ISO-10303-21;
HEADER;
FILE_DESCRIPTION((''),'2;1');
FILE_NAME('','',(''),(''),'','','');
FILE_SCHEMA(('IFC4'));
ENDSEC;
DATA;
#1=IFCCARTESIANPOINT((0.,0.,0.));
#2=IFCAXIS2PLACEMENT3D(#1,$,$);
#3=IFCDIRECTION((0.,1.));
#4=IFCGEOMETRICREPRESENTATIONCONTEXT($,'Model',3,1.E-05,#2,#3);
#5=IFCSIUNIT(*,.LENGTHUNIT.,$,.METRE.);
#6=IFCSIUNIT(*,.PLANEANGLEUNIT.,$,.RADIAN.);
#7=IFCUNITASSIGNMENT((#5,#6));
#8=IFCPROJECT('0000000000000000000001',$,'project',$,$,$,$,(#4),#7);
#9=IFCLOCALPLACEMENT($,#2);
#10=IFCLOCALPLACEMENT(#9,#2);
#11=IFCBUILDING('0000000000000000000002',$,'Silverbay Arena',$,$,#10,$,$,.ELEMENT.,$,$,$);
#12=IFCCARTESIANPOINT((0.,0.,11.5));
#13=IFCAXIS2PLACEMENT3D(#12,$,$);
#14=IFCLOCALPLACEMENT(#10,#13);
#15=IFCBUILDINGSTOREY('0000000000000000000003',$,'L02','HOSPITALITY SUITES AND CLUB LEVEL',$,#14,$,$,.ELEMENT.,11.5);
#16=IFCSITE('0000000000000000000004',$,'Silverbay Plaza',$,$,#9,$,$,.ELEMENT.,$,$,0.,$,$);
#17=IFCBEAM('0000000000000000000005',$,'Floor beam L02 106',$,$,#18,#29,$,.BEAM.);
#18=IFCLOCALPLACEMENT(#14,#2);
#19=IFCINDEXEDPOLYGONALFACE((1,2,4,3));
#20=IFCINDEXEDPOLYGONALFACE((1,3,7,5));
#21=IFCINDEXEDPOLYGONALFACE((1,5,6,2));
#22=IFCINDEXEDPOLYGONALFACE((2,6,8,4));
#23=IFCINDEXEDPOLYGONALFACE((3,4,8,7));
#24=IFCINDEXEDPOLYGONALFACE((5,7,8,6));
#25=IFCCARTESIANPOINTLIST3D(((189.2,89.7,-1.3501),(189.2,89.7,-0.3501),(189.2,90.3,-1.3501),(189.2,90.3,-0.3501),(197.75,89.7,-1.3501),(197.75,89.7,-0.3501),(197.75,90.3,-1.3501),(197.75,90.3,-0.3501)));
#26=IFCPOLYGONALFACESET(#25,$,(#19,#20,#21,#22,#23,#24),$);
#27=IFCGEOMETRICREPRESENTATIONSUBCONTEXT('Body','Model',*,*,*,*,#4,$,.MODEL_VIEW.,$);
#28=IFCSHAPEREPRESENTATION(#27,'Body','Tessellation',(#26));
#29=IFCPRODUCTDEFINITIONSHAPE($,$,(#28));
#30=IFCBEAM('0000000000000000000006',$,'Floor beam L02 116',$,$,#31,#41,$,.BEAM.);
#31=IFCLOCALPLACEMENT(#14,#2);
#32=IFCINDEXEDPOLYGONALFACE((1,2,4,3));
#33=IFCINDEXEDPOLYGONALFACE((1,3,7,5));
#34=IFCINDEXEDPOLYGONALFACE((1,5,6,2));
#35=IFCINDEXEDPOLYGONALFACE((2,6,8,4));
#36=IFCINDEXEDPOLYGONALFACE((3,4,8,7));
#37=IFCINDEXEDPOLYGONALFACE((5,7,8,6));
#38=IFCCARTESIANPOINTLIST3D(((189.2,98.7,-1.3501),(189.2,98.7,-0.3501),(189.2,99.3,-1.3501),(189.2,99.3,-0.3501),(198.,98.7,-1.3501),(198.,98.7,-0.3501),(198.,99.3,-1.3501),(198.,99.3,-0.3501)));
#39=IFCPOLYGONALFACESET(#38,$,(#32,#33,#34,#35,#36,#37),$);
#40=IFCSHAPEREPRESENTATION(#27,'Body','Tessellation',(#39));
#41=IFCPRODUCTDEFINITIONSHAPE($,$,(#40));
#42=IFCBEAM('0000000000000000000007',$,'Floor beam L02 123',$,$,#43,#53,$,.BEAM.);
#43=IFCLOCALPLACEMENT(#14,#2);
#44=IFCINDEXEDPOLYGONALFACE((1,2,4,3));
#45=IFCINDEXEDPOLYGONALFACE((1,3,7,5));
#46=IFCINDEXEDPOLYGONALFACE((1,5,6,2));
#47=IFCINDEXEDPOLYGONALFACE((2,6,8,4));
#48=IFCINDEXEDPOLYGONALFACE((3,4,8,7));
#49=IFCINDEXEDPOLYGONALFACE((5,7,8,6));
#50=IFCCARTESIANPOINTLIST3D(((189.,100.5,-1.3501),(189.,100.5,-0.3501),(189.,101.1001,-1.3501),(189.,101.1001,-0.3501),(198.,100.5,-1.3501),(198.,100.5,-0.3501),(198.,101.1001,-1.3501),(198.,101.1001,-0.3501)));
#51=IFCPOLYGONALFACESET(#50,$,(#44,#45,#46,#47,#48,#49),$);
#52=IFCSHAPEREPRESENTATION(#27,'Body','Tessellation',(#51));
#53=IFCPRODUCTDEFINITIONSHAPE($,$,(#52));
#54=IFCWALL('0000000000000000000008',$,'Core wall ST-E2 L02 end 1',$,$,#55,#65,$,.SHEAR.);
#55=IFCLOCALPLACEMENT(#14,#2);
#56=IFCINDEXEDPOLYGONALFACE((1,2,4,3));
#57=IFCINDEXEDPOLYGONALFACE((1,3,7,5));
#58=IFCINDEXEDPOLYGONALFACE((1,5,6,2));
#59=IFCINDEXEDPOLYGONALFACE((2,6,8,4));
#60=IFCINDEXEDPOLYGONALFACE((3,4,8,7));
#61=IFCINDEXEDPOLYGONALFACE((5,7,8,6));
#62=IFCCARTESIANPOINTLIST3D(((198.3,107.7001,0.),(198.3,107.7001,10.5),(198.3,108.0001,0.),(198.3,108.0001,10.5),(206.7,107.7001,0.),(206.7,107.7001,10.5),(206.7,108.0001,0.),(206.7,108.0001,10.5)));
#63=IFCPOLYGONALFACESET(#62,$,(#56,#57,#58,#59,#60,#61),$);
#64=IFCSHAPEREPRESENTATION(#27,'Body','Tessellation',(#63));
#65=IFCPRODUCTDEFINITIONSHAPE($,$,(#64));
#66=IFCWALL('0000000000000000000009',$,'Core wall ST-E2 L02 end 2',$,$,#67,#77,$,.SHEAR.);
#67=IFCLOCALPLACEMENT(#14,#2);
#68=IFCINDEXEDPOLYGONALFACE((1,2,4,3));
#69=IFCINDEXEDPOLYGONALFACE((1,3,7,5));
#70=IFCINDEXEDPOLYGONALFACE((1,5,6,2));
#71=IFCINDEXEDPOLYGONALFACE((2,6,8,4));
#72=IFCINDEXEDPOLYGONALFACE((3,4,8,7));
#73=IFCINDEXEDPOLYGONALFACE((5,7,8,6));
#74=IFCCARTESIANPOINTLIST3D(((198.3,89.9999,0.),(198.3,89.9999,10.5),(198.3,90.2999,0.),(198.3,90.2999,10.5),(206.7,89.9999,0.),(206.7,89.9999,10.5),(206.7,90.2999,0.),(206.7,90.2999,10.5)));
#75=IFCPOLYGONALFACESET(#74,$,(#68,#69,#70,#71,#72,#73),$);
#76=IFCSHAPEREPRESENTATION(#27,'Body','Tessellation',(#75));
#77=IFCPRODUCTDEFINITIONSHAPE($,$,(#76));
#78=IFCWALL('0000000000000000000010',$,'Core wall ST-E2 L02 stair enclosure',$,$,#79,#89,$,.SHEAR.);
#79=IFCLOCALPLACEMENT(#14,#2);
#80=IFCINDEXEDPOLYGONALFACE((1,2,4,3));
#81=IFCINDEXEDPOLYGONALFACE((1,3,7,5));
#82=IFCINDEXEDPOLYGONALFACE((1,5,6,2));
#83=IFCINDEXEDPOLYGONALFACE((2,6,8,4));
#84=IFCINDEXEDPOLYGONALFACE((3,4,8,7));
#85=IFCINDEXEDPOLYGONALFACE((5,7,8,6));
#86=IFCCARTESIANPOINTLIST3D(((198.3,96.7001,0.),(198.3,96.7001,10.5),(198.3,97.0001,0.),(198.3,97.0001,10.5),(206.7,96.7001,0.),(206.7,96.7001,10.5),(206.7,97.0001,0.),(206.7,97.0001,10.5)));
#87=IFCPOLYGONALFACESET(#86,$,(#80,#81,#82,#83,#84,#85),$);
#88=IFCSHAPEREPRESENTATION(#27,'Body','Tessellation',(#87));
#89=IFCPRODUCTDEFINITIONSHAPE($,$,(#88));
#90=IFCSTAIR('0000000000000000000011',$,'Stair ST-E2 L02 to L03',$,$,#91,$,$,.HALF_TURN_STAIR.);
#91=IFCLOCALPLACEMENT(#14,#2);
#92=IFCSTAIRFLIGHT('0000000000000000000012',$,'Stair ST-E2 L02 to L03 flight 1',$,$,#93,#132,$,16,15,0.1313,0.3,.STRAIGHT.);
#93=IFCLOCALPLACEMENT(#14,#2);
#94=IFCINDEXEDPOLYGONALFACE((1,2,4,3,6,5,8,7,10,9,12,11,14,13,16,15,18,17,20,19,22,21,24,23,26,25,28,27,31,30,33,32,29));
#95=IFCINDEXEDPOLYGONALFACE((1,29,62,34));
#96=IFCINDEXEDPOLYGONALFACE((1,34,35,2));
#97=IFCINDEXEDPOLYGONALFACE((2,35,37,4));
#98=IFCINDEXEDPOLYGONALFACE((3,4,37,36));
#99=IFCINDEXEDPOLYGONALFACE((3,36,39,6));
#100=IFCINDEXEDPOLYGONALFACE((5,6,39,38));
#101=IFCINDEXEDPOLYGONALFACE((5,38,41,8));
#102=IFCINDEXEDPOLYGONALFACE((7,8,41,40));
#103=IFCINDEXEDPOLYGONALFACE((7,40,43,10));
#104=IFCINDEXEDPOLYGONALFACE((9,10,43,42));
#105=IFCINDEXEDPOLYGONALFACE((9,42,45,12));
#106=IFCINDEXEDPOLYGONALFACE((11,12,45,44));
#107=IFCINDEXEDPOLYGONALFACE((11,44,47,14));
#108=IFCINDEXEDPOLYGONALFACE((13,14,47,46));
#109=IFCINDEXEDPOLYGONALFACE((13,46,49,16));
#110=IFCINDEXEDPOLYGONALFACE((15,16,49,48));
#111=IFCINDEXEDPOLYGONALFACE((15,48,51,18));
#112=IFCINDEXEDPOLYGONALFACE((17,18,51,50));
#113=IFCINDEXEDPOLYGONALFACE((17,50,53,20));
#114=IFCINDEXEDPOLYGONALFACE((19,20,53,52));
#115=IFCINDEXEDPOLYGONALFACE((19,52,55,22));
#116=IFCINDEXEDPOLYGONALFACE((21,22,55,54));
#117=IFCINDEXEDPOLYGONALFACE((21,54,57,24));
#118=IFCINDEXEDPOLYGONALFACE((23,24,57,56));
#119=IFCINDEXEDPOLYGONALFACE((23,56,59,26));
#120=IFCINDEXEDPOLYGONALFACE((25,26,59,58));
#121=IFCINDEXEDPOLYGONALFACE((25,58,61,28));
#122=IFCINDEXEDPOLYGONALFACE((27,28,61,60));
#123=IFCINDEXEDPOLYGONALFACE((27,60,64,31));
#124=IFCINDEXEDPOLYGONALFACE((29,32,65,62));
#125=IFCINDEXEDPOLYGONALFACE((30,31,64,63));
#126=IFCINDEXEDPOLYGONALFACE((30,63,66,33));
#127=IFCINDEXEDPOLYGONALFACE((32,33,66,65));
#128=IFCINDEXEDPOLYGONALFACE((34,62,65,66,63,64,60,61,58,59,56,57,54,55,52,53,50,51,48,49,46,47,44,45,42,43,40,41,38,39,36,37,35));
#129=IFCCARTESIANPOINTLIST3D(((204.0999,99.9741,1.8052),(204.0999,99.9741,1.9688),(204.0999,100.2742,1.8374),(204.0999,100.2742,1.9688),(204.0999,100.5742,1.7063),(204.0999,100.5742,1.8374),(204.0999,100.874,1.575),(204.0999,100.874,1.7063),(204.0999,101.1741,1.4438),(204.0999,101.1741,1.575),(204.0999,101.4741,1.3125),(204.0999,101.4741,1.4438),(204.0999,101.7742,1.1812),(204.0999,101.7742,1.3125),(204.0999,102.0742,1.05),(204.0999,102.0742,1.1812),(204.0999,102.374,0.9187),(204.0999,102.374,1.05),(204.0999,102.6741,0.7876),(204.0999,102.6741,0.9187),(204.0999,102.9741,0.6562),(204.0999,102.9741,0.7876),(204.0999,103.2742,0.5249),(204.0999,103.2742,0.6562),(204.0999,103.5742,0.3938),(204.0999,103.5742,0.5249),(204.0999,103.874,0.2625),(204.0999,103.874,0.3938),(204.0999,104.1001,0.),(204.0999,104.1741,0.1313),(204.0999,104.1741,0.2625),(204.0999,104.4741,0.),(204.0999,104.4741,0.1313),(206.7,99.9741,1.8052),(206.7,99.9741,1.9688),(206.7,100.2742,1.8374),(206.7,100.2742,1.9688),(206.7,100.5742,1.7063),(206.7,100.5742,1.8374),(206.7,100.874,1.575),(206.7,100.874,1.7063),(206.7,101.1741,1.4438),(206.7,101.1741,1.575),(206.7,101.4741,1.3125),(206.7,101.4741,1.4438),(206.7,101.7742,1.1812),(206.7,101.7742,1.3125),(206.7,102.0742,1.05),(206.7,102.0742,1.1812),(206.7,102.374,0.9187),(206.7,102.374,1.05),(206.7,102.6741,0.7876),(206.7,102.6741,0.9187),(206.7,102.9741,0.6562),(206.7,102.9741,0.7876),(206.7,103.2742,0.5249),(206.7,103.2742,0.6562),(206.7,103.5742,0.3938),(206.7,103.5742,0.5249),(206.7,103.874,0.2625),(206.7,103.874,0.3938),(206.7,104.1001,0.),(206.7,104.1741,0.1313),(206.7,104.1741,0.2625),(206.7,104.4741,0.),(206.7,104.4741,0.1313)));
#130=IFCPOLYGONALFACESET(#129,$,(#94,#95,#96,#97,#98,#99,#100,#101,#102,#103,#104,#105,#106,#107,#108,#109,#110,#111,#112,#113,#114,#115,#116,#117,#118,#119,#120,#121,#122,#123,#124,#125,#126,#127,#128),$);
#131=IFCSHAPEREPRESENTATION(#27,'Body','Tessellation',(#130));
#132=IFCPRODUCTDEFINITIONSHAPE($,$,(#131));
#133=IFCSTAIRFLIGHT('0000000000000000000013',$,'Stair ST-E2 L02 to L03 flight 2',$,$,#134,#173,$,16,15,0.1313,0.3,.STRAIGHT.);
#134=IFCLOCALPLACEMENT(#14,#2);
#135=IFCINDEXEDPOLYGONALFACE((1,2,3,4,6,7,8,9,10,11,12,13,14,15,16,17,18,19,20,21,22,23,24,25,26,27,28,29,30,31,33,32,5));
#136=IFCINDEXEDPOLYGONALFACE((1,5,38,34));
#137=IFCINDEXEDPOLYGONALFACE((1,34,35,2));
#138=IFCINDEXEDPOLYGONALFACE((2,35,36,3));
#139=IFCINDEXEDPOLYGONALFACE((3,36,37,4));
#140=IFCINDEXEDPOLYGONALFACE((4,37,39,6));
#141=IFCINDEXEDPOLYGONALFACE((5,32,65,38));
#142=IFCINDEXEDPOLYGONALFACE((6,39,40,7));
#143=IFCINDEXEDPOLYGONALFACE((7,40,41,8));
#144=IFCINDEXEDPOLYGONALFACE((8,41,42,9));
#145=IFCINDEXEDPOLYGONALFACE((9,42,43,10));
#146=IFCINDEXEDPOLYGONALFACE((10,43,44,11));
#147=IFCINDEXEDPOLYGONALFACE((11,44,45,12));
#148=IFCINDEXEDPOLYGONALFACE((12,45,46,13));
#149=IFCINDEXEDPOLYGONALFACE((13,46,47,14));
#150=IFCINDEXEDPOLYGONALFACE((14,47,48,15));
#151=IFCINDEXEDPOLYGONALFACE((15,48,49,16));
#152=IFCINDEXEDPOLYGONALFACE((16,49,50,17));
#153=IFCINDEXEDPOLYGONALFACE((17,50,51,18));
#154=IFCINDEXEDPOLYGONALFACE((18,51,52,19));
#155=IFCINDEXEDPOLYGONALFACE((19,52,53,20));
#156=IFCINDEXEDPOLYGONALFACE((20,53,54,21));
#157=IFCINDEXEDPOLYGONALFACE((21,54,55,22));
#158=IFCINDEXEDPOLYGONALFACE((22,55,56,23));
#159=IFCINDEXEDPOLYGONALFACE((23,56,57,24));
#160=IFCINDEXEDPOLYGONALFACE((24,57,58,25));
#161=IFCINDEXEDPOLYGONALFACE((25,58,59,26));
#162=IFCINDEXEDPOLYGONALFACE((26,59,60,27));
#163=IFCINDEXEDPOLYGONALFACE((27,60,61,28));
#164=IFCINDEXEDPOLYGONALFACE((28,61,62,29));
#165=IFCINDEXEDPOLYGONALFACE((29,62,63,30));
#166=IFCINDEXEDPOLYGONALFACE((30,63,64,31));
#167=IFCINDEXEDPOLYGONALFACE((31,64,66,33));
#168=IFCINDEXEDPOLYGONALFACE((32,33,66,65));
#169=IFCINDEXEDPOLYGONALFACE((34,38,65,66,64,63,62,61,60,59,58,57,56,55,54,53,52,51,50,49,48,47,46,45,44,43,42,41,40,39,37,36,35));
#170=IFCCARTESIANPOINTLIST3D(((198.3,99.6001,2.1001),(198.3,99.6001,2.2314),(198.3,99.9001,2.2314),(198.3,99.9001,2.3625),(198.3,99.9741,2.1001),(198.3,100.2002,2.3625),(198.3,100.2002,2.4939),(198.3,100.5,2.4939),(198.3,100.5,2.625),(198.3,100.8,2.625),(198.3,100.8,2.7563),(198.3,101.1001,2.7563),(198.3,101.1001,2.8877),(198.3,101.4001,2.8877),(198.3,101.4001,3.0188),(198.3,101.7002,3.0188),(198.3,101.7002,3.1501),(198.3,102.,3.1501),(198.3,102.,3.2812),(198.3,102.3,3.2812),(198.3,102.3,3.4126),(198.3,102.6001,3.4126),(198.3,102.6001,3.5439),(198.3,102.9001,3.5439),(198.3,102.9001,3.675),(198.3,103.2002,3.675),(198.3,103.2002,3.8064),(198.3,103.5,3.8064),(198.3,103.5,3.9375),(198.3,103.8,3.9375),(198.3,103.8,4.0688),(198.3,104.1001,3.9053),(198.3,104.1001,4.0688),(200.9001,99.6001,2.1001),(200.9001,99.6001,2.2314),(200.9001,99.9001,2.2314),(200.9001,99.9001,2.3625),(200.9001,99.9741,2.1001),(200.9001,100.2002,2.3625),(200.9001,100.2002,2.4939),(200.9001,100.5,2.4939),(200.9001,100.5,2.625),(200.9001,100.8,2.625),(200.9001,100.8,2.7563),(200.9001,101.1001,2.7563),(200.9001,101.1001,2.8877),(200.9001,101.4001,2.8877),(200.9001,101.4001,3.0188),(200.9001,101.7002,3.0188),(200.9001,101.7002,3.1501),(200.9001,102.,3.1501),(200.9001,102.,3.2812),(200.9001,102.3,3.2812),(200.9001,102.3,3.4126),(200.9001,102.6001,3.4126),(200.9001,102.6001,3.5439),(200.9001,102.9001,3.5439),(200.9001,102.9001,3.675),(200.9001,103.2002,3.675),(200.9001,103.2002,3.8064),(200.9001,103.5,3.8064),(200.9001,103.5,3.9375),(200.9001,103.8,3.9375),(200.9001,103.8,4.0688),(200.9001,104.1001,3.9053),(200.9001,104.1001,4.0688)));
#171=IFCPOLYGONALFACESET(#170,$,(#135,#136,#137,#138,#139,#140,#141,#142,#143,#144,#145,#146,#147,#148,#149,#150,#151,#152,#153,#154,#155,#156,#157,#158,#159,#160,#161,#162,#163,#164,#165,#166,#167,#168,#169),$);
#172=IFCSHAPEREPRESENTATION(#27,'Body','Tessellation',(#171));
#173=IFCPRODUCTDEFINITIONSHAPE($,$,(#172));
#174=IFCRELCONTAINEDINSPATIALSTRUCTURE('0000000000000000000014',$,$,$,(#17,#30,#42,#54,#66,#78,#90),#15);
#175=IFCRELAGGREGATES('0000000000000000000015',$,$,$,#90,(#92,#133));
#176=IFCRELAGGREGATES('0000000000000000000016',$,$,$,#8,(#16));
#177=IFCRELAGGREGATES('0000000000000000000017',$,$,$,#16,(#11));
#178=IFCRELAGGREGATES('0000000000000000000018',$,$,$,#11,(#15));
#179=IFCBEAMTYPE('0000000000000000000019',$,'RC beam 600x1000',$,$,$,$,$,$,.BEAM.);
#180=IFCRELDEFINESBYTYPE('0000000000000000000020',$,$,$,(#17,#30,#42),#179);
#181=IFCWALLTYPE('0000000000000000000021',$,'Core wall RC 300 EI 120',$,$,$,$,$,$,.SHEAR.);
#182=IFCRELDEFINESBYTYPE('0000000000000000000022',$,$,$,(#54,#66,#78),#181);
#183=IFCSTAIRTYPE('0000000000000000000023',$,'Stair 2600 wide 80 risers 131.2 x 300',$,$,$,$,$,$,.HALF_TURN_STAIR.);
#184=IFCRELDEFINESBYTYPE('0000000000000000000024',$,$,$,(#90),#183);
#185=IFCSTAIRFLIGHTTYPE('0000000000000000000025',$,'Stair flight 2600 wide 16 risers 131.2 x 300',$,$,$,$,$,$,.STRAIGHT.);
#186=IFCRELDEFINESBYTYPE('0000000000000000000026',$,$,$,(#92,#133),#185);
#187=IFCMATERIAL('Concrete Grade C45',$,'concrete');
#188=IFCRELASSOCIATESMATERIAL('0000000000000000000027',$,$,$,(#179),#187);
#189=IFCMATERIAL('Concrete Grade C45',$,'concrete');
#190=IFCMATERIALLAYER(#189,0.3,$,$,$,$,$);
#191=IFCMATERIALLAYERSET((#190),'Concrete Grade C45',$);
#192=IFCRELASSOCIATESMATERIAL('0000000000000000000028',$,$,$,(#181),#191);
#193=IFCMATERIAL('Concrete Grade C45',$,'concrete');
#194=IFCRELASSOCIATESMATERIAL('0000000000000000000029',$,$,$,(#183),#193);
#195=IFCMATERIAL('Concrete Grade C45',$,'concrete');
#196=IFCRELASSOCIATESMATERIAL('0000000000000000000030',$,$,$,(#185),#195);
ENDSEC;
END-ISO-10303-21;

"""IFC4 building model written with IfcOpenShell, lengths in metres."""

from ifc_helpers import new_model, si_unit, direction, frame, frame_2d, origin, origin_2d, place, context, subcontext, project, spatial, polyline, rectangle, outline, extrude, material, layer, layer_set, material_profile, profile_set, type_object, element, aggregate, save


model = new_model("IFC4")

# Units and contexts
model_context = context("Model", 3, precision=1e-05, world=origin(), true_north=direction((0.0, 1.0)))
body_context = subcontext(model_context, "Body", "Model", "MODEL_VIEW")
ifc_project = project(units=[si_unit("LENGTHUNIT", "METRE"), si_unit("PLANEANGLEUNIT", "RADIAN")], contexts=[model_context])

# Site, building, storey
site_placement = place(None, origin())
site = spatial("IfcSite", under=ifc_project, at=site_placement, Name="Silverbay Plaza", CompositionType="ELEMENT", RefElevation=0.0)
building_placement = place(site_placement, origin())
building = spatial("IfcBuilding", under=site, at=building_placement, Name="Silverbay Arena", CompositionType="ELEMENT")
storey_placement = place(building_placement, frame((0.0, 0.0, 11.5)))
storey = spatial("IfcBuildingStorey", under=building, at=storey_placement, Name="L02", Description="HOSPITALITY SUITES AND CLUB LEVEL", CompositionType="ELEMENT", Elevation=11.5)

# Beams
ifc_material_1 = material(Name="Concrete Grade C45", Category="concrete")
ifc_material_profile = material_profile(ifc_material_1, rectangle(XDim=0.6001, YDim=1.0, at=origin_2d()), Name="RC 600x1000")
ifc_profile_set = profile_set([ifc_material_profile], Name="Concrete Grade C45")
beam_type = type_object("IfcBeamType", Name="RC beam 600x1000", PredefinedType="BEAM", material=ifc_profile_set)
beam_1_placement = place(storey_placement, frame((189.2, 90.0, -0.8501), z_axis=(1.0, 0.0, 0.0), x_axis=(0.0, 1.0, 0.0)))
element("IfcBeam", 1, at=beam_1_placement, inside=storey, type_object=beam_type, Name="Floor beam L02 106", PredefinedType="BEAM", context=body_context, shape_type="SweptSolid", body=[
    extrude(rectangle(XDim=0.6001, YDim=1.0, at=origin_2d()), origin(), (0.0, 0.0, 1.0), 8.55),
])
beam_2_placement = place(storey_placement, frame((189.2, 99.0, -0.8501), z_axis=(1.0, 0.0, 0.0), x_axis=(0.0, 1.0, 0.0)))
element("IfcBeam", 2, at=beam_2_placement, inside=storey, type_object=beam_type, Name="Floor beam L02 116", PredefinedType="BEAM", context=body_context, shape_type="SweptSolid", body=[
    extrude(rectangle(XDim=0.6001, YDim=1.0, at=origin_2d()), origin(), (0.0, 0.0, 1.0), 8.8),
])
beam_3_placement = place(storey_placement, frame((189.0, 100.8, -0.8501), z_axis=(1.0, 0.0, 0.0), x_axis=(0.0, 1.0, 0.0)))
element("IfcBeam", 3, at=beam_3_placement, inside=storey, type_object=beam_type, Name="Floor beam L02 123", PredefinedType="BEAM", context=body_context, shape_type="SweptSolid", body=[
    extrude(rectangle(XDim=0.6001, YDim=1.0, at=origin_2d()), origin(), (0.0, 0.0, 1.0), 9.0),
])

# Walls
ifc_material_2 = material(Name="Concrete Grade C45", Category="concrete")
ifc_layer = layer(ifc_material_2, 0.3)
ifc_layer_set = layer_set([ifc_layer], Name="Concrete Grade C45")
wall_type = type_object("IfcWallType", Name="Core wall RC 300 EI 120", PredefinedType="SHEAR", material=ifc_layer_set)
for number, where, z_axis, x_axis, name in (
    (4, (198.3, 107.8501, 0.0), (0.0, 0.0, 1.0), (1.0, 0.0, 0.0), "Core wall ST-E2 L02 end 1"),
    (5, (198.3, 90.1499, 0.0), (0.0, 0.0, 1.0), (1.0, 0.0, 0.0), "Core wall ST-E2 L02 end 2"),
    (6, (198.3, 96.8501, 0.0), (0.0, 0.0, 1.0), (1.0, 0.0, 0.0), "Core wall ST-E2 L02 stair enclosure"),
):
    element("IfcWall", number, at=place(storey_placement, frame(where, z_axis=z_axis, x_axis=x_axis)), inside=storey, type_object=wall_type, Name=name, PredefinedType="SHEAR", context=body_context, shape_type="SweptSolid", body=[
        extrude(rectangle(XDim=8.3999, YDim=0.3, at=frame_2d((4.2, 0.0))), origin(), (0.0, 0.0, 1.0), 10.5),
    ])

# Stair, stair flights
ifc_material_3 = material(Name="Concrete Grade C45", Category="concrete")
stair_type = type_object("IfcStairType", Name="Stair 2600 wide 80 risers 131.2 x 300", PredefinedType="HALF_TURN_STAIR", material=ifc_material_3)
stair_placement = place(storey_placement, origin())
stair = element("IfcStair", 7, at=stair_placement, inside=storey, type_object=stair_type, Name="Stair ST-E2 L02 to L03", PredefinedType="HALF_TURN_STAIR")
ifc_material_4 = material(Name="Concrete Grade C45", Category="concrete")
stair_flight_type = type_object("IfcStairFlightType", Name="Stair flight 2600 wide 16 risers 131.2 x 300", PredefinedType="STRAIGHT", material=ifc_material_4)
stair_flight_1_placement = place(storey_placement, frame((205.3999, 104.4741, 0.0), z_axis=(0.0, 0.0, 1.0), x_axis=(0.0, -1.0, 0.0)))
stair_flight_1 = element("IfcStairFlight", 8, at=stair_flight_1_placement, type_object=stair_flight_type, Name="Stair ST-E2 L02 to L03 flight 1", NumberOfRisers=16, NumberOfTreads=15, PredefinedType="STRAIGHT", RiserHeight=0.1313, TreadLength=0.3, context=body_context, shape_type="SweptSolid", body=[
    extrude(outline(polyline([(0.0, 0.0), (0.0, 0.1313), (0.3, 0.1313), (0.3, 0.2625), (0.6001, 0.2625), (0.6001, 0.3938), (0.8999, 0.3938), (0.8999, 0.5249), (1.2, 0.5249), (1.2, 0.6562), (1.5, 0.6562), (1.5, 0.7876), (1.8, 0.7876), (1.8, 0.9187), (2.1001, 0.9187), (2.1001, 1.05), (2.3999, 1.05), (2.3999, 1.1812), (2.7, 1.1812), (2.7, 1.3125), (3.0, 1.3125), (3.0, 1.4438), (3.3, 1.4438), (3.3, 1.575), (3.6001, 1.575), (3.6001, 1.7063), (3.8999, 1.7063), (3.8999, 1.8374), (4.2, 1.8374), (4.2, 1.9688), (4.5, 1.9688), (4.5, 1.8052), (0.374, 0.0), (0.0, 0.0)])), frame((0.0, 1.3, 0.0), z_axis=(0.0, -1.0, 0.0), x_axis=(1.0, 0.0, 0.0)), (0.0, 0.0, 1.0), 2.6001),
])
stair_flight_2_placement = place(storey_placement, frame((199.6001, 99.6001, 2.1001), z_axis=(0.0, 0.0, 1.0), x_axis=(0.0, 1.0, 0.0)))
stair_flight_2 = element("IfcStairFlight", 9, at=stair_flight_2_placement, type_object=stair_flight_type, Name="Stair ST-E2 L02 to L03 flight 2", NumberOfRisers=16, NumberOfTreads=15, PredefinedType="STRAIGHT", RiserHeight=0.1313, TreadLength=0.3, context=body_context, shape_type="SweptSolid", body=[
    extrude(outline(polyline([(0.0, 0.0), (0.0, 0.1313), (0.3, 0.1313), (0.3, 0.2625), (0.6001, 0.2625), (0.6001, 0.3938), (0.8999, 0.3938), (0.8999, 0.5249), (1.2, 0.5249), (1.2, 0.6562), (1.5, 0.6562), (1.5, 0.7876), (1.8, 0.7876), (1.8, 0.9187), (2.1001, 0.9187), (2.1001, 1.05), (2.3999, 1.05), (2.3999, 1.1812), (2.7, 1.1812), (2.7, 1.3125), (3.0, 1.3125), (3.0, 1.4438), (3.3, 1.4438), (3.3, 1.575), (3.6001, 1.575), (3.6001, 1.7063), (3.8999, 1.7063), (3.8999, 1.8374), (4.2, 1.8374), (4.2, 1.9688), (4.5, 1.9688), (4.5, 1.8052), (0.374, 0.0), (0.0, 0.0)])), frame((0.0, 1.3, 0.0), z_axis=(0.0, -1.0, 0.0), x_axis=(1.0, 0.0, 0.0)), (0.0, 0.0, 1.0), 2.6001),
])
aggregate(stair, [stair_flight_1, stair_flight_2])

save(model, "model.ifc")
